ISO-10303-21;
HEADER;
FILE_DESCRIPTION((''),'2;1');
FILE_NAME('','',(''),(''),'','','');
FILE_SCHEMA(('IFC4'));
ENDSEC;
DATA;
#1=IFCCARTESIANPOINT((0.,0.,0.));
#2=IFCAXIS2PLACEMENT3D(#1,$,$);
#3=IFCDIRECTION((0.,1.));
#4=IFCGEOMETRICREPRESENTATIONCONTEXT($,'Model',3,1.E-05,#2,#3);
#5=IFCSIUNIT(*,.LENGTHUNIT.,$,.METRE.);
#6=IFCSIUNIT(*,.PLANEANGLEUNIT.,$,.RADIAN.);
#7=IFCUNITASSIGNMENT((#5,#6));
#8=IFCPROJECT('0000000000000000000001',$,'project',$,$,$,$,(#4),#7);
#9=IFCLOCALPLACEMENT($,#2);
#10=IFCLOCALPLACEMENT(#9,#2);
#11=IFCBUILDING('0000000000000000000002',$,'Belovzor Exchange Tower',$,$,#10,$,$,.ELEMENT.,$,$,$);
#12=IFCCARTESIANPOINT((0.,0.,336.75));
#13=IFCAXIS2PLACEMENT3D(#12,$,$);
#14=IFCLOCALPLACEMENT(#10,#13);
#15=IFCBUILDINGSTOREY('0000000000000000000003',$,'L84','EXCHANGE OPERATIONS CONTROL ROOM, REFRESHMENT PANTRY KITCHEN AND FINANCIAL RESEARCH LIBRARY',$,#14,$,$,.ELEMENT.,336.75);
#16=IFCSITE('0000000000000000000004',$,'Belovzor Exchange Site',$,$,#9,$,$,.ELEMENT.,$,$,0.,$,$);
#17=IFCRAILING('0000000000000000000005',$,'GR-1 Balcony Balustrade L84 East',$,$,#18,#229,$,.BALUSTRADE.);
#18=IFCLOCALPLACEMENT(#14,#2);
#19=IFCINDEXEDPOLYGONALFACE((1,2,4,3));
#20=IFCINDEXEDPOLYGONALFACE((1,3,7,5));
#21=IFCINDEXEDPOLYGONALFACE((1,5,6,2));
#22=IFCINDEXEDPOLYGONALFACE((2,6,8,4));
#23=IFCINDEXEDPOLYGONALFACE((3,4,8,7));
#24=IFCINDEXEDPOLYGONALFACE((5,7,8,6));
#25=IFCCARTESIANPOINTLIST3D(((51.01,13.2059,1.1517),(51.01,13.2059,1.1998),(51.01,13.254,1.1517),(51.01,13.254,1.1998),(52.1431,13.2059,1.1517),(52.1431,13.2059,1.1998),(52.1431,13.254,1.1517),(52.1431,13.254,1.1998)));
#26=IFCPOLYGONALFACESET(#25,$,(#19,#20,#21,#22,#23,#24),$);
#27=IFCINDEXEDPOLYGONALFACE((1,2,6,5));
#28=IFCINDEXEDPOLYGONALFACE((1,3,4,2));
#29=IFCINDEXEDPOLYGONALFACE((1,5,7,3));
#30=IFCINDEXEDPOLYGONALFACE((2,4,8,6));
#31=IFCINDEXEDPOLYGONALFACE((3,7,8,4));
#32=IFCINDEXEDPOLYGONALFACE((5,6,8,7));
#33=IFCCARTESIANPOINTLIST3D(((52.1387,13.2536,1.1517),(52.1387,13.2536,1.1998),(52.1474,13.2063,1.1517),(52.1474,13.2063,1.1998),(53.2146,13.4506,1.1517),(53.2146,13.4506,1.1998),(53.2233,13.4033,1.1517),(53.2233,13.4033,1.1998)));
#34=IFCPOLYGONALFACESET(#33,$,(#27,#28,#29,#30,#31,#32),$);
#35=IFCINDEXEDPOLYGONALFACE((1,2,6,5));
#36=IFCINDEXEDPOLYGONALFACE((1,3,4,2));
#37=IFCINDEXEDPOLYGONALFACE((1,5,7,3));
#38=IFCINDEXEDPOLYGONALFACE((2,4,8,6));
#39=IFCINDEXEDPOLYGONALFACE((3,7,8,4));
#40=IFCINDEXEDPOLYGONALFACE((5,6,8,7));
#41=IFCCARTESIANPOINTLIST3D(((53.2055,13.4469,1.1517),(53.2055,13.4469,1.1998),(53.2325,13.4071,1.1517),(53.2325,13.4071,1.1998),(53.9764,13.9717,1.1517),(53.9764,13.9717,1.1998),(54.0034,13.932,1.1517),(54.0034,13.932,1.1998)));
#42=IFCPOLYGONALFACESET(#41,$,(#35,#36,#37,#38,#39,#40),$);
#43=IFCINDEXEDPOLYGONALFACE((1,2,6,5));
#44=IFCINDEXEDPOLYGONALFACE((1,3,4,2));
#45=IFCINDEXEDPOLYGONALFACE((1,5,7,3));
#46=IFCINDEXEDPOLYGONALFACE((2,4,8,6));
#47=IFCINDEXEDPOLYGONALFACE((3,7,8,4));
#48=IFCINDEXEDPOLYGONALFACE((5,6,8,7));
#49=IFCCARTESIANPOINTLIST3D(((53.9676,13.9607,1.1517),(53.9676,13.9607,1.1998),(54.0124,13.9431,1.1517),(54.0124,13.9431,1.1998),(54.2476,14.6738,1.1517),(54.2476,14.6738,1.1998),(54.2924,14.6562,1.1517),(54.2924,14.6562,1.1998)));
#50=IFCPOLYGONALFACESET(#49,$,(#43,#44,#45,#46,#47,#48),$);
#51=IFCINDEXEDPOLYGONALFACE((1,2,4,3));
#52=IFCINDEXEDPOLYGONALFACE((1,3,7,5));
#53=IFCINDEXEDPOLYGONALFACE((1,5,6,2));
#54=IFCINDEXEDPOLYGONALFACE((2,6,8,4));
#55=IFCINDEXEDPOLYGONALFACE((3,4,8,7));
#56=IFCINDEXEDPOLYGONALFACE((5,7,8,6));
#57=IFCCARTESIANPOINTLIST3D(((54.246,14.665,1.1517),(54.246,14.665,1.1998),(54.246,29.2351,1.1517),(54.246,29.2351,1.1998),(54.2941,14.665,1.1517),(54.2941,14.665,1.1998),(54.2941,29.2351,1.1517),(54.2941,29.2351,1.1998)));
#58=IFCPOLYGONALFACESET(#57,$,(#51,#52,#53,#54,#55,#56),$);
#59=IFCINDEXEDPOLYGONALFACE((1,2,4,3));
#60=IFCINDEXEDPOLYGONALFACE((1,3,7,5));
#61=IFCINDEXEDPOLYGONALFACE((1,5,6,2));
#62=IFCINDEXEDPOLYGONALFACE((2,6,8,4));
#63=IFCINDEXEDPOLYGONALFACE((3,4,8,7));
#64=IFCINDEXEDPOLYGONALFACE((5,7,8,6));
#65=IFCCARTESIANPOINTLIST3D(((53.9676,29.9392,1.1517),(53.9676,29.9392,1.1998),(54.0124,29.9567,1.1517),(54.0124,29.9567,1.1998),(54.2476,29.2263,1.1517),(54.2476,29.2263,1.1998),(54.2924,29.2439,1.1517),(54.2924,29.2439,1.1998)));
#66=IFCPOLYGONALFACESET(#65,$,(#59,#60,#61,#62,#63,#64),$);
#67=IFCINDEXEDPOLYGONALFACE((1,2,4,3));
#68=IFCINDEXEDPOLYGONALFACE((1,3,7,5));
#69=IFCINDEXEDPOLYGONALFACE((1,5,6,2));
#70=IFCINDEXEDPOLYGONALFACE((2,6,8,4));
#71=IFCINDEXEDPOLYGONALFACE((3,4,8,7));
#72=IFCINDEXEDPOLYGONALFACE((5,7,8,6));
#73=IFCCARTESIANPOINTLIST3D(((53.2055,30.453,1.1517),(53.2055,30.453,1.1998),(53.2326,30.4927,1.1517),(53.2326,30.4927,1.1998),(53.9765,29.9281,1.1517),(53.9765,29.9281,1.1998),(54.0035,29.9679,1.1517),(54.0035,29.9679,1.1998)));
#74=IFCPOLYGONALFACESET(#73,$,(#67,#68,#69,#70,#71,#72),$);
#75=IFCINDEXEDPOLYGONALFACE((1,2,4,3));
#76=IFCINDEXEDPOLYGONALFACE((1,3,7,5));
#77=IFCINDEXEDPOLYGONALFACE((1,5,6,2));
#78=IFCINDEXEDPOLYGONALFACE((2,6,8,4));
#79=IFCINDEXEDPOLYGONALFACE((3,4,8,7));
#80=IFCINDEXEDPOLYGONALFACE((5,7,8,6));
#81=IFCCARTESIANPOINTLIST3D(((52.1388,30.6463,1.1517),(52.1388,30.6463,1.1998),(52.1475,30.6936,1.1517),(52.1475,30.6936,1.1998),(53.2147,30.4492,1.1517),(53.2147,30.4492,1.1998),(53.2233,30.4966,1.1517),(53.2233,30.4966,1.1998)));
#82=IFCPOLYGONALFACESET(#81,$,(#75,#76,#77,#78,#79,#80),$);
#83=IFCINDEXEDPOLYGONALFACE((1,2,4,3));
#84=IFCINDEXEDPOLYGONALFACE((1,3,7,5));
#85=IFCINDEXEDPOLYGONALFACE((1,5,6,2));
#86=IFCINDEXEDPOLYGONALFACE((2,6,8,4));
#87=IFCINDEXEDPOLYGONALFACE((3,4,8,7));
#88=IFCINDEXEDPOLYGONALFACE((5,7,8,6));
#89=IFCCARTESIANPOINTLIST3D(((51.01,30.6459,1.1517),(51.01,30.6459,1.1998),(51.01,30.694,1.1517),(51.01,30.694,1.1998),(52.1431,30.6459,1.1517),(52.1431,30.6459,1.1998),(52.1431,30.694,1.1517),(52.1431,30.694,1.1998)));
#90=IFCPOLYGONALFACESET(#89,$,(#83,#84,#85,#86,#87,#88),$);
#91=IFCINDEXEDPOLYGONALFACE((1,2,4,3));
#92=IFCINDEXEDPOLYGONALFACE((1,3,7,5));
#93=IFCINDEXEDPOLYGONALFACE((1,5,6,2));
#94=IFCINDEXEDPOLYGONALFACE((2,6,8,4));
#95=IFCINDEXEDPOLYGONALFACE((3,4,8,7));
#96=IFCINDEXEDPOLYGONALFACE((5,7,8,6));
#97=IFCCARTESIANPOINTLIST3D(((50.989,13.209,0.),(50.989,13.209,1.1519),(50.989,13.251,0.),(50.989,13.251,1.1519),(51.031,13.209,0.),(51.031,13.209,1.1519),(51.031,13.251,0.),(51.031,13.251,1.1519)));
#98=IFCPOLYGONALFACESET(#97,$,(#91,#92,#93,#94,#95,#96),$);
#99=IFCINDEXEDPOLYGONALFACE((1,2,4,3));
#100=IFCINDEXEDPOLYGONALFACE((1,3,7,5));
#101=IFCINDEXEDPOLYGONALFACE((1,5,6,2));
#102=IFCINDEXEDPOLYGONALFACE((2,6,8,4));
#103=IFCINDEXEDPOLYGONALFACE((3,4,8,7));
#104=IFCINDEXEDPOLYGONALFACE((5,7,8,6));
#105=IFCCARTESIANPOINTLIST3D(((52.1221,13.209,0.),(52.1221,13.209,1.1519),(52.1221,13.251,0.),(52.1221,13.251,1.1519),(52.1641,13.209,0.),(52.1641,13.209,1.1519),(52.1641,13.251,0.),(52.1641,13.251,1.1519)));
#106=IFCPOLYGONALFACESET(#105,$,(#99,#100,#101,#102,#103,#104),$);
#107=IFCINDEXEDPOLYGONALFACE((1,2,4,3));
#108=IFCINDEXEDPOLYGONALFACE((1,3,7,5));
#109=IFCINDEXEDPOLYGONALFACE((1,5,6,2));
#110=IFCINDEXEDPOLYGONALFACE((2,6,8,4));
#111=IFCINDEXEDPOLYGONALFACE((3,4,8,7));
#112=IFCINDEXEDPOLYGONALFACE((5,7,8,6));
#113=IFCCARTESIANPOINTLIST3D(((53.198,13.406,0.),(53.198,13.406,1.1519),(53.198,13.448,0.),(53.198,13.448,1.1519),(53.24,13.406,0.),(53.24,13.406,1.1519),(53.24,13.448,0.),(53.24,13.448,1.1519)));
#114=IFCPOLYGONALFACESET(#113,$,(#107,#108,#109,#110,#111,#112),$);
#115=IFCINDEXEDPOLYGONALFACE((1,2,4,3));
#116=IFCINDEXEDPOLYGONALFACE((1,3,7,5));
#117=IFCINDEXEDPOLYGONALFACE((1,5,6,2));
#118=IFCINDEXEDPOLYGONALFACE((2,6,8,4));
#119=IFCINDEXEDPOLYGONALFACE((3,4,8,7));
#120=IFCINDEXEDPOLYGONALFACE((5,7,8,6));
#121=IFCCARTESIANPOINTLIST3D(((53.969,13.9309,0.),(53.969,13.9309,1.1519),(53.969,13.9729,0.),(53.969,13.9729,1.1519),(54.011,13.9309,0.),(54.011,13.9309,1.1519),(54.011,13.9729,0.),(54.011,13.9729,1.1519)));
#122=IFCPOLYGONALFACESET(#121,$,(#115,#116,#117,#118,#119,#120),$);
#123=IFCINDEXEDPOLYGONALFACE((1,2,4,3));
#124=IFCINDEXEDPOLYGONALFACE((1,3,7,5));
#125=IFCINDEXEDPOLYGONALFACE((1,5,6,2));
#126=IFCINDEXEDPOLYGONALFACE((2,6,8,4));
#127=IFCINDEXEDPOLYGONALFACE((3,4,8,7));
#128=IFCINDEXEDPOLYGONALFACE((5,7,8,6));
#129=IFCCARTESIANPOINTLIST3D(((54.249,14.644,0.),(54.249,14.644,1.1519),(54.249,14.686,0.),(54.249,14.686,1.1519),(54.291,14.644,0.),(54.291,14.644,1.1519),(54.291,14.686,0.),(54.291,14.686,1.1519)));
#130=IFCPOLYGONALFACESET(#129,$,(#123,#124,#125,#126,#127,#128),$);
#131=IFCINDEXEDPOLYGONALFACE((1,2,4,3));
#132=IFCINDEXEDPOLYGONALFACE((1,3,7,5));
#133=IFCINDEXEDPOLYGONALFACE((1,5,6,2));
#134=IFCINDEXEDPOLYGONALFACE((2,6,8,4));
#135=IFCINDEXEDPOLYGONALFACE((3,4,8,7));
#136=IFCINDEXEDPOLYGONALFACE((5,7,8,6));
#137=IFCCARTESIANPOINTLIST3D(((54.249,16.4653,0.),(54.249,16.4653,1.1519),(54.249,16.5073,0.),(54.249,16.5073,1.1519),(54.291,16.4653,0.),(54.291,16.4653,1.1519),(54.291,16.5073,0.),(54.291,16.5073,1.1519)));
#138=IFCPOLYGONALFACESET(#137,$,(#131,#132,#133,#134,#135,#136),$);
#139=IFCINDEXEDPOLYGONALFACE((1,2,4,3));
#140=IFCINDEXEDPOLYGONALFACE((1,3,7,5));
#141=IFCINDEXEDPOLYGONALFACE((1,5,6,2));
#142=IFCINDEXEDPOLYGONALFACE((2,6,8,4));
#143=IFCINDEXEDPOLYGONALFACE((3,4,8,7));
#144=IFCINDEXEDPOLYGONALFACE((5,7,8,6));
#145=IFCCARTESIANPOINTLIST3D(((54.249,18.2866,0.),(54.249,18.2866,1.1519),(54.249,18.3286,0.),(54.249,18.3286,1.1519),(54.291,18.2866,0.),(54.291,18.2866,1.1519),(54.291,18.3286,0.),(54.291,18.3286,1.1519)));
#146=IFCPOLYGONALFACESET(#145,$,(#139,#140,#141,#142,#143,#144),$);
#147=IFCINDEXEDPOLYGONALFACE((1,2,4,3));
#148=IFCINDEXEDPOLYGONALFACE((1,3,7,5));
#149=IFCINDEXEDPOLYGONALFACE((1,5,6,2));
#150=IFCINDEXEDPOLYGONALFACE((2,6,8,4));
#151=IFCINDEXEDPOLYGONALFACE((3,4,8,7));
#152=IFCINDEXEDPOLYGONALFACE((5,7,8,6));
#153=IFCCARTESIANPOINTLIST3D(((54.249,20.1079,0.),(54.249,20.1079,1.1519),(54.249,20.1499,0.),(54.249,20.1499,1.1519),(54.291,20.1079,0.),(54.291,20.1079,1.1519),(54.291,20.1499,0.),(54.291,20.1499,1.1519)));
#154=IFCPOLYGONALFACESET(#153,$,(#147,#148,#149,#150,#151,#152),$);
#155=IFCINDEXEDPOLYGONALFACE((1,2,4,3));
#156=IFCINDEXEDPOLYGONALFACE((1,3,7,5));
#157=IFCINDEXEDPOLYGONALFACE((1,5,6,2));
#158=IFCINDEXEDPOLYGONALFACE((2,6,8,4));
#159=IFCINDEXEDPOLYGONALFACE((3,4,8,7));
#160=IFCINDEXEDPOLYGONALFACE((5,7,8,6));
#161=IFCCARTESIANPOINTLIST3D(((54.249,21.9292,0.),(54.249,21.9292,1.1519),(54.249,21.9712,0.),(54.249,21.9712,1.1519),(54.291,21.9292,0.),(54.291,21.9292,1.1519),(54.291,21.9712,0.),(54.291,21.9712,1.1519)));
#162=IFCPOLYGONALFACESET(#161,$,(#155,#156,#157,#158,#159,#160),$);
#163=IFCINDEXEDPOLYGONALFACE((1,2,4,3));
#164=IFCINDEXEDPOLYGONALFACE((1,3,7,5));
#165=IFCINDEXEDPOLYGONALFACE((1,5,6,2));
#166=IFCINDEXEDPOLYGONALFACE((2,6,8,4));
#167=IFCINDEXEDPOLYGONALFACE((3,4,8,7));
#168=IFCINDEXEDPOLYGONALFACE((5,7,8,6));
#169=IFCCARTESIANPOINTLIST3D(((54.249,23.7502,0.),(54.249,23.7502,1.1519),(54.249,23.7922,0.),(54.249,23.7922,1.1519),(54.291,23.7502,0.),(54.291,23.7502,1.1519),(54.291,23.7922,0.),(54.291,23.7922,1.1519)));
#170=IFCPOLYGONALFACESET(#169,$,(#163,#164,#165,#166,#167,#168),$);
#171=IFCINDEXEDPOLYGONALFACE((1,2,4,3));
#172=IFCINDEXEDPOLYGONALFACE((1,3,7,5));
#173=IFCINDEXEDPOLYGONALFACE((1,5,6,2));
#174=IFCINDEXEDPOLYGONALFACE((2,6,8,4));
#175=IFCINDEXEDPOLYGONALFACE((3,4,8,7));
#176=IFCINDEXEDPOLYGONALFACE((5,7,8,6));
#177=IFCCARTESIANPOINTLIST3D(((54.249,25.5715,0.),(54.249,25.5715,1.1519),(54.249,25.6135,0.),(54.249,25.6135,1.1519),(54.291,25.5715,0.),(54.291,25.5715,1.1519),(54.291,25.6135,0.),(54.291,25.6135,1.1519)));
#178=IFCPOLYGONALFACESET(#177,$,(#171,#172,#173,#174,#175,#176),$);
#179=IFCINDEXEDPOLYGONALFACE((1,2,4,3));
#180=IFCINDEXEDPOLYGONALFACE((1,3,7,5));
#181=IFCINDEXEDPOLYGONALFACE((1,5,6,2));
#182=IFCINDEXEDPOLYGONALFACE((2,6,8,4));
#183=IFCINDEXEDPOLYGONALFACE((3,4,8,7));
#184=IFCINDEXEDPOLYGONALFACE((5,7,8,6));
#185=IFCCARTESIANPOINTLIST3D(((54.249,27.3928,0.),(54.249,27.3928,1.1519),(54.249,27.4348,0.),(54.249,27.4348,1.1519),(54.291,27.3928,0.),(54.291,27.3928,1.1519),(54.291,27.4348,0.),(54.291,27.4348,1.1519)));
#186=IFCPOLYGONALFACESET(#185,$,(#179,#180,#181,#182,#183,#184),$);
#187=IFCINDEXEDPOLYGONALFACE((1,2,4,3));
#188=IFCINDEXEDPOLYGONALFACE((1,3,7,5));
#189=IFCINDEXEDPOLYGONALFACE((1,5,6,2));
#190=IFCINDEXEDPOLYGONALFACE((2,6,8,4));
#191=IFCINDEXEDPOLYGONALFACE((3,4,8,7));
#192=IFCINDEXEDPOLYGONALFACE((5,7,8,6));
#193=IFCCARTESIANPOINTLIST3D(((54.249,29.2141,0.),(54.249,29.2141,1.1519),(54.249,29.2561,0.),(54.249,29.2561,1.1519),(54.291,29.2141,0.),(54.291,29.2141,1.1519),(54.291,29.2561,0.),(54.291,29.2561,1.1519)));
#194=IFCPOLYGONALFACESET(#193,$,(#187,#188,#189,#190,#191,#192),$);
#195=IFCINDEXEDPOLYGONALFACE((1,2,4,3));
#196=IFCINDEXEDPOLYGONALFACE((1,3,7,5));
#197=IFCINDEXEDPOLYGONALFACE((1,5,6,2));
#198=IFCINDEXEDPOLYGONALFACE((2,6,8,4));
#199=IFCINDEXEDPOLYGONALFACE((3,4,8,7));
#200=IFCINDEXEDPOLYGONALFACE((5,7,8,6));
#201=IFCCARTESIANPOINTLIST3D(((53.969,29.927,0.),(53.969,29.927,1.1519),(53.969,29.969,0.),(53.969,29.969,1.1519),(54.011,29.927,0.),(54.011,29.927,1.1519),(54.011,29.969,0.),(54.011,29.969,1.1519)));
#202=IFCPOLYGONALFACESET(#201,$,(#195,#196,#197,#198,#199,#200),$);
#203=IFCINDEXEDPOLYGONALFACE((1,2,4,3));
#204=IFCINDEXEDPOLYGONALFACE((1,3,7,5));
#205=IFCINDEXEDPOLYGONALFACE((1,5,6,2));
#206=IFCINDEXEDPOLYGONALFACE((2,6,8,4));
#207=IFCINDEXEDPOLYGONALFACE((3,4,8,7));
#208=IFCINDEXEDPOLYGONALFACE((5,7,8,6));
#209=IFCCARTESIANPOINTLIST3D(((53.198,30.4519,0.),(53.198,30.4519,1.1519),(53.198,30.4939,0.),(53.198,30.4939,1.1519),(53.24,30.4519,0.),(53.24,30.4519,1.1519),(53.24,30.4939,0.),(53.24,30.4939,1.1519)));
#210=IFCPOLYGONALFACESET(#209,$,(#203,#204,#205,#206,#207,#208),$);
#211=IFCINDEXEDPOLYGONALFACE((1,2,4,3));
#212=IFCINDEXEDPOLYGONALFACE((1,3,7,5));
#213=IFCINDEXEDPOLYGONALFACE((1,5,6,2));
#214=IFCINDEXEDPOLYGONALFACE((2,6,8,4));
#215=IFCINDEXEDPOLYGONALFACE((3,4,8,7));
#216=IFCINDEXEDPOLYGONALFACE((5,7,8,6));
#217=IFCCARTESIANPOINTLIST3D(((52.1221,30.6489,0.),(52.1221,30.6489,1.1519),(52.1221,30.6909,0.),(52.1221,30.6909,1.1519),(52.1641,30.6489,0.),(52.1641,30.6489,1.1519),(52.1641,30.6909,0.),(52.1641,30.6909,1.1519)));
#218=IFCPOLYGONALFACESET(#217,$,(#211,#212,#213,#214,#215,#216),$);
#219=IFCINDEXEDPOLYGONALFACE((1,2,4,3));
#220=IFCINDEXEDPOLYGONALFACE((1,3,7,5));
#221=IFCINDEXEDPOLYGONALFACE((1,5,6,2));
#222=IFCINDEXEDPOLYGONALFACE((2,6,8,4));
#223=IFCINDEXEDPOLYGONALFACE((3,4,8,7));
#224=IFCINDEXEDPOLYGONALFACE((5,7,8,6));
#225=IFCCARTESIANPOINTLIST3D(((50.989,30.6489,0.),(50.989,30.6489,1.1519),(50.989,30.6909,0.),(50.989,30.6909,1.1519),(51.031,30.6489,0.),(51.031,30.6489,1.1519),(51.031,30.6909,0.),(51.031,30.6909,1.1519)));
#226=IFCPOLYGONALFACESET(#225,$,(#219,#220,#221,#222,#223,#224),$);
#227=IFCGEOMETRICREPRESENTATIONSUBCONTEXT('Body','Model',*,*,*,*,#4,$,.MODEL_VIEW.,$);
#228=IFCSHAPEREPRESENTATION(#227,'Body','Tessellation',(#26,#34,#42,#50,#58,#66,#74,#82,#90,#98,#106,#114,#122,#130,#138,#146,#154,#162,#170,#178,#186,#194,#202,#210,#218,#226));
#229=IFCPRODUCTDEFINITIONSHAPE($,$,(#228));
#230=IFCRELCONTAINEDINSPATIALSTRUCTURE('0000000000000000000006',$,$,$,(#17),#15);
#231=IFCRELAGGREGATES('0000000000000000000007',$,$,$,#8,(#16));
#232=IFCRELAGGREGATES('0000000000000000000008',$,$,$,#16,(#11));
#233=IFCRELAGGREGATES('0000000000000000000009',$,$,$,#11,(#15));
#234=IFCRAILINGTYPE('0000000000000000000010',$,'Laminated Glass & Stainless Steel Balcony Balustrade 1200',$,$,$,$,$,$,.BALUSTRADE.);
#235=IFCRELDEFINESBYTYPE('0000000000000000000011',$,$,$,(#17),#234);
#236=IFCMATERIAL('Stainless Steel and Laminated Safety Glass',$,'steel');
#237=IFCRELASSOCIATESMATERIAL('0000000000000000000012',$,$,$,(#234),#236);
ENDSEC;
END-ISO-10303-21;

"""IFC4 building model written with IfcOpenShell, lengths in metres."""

from ifc_helpers import new_model, si_unit, direction, frame, origin, origin_2d, place, context, subcontext, project, spatial, rectangle, extrude, material, type_object, element, save


model = new_model("IFC4")

# Units and contexts
model_context = context("Model", 3, precision=1e-05, world=origin(), true_north=direction((0.0, 1.0)))
body_context = subcontext(model_context, "Body", "Model", "MODEL_VIEW")
ifc_project = project(units=[si_unit("LENGTHUNIT", "METRE"), si_unit("PLANEANGLEUNIT", "RADIAN")], contexts=[model_context])

# Site, building, storey
site_placement = place(None, origin())
site = spatial("IfcSite", under=ifc_project, at=site_placement, Name="Belovzor Exchange Site", CompositionType="ELEMENT", RefElevation=0.0)
building_placement = place(site_placement, origin())
building = spatial("IfcBuilding", under=site, at=building_placement, Name="Belovzor Exchange Tower", CompositionType="ELEMENT")
storey_placement = place(building_placement, frame((0.0, 0.0, 336.75)))
storey = spatial("IfcBuildingStorey", under=building, at=storey_placement, Name="L84", Description="EXCHANGE OPERATIONS CONTROL ROOM, REFRESHMENT PANTRY KITCHEN AND FINANCIAL RESEARCH LIBRARY", CompositionType="ELEMENT", Elevation=336.75)

# Railing
ifc_material_1 = material(Name="Stainless Steel and Laminated Safety Glass", Category="steel")
railing_type = type_object("IfcRailingType", Name="Laminated Glass & Stainless Steel Balcony Balustrade 1200", PredefinedType="BALUSTRADE", material=ifc_material_1)
railing_placement = place(storey_placement, frame((51.01, 13.23, 0.0)))
element("IfcRailing", 1, at=railing_placement, inside=storey, type_object=railing_type, Name="GR-1 Balcony Balustrade L84 East", PredefinedType="BALUSTRADE", context=body_context, shape_type="SweptSolid", body=[
    extrude(rectangle(XDim=0.0481, YDim=0.0481, at=origin_2d()), frame((0.0, 0.0, 1.1758), z_axis=(1.0, 0.0, 0.0), x_axis=(0.0, 1.0, 0.0)), (0.0, 0.0, 1.0), 1.1331),
    extrude(rectangle(XDim=0.0481, YDim=0.0481, at=origin_2d()), frame((1.1331, 0.0, 1.1758), z_axis=(0.983644, 0.180123, 0.0), x_axis=(-0.180123, 0.983644, 0.0)), (0.0, 0.0, 1.0), 1.0938),
    extrude(rectangle(XDim=0.0481, YDim=0.0481, at=origin_2d()), frame((2.209, 0.197, 1.1758), z_axis=(0.826615, 0.562768, 0.0), x_axis=(-0.562768, 0.826615, 0.0)), (0.0, 0.0, 1.0), 0.9326),
    extrude(rectangle(XDim=0.0481, YDim=0.0481, at=origin_2d()), frame((2.98, 0.7219, 1.1758), z_axis=(0.365504, 0.93081, 0.0), x_axis=(-0.93081, 0.365504, 0.0)), (0.0, 0.0, 1.0), 0.7661),
    extrude(rectangle(XDim=0.0481, YDim=0.0481, at=origin_2d()), frame((3.26, 1.4351, 1.1758), z_axis=(0.0, 1.0, 0.0), x_axis=(-1.0, 0.0, 0.0)), (0.0, 0.0, 1.0), 14.5701),
    extrude(rectangle(XDim=0.0481, YDim=0.0481, at=origin_2d()), frame((3.26, 16.0051, 1.1758), z_axis=(-0.365613, 0.930767, 0.0), x_axis=(-0.930767, -0.365613, 0.0)), (0.0, 0.0, 1.0), 0.7659),
    extrude(rectangle(XDim=0.0481, YDim=0.0481, at=origin_2d()), frame((2.98, 16.718, 1.1758), z_axis=(-0.826615, 0.562768, 0.0), x_axis=(-0.562768, -0.826615, 0.0)), (0.0, 0.0, 1.0), 0.9326),
    extrude(rectangle(XDim=0.0481, YDim=0.0481, at=origin_2d()), frame((2.209, 17.2429, 1.1758), z_axis=(-0.983644, 0.180123, 0.0), x_axis=(-0.180123, -0.983644, 0.0)), (0.0, 0.0, 1.0), 1.0938),
    extrude(rectangle(XDim=0.0481, YDim=0.0481, at=origin_2d()), frame((1.1331, 17.4399, 1.1758), z_axis=(-1.0, 0.0, 0.0), x_axis=(0.0, -1.0, 0.0)), (0.0, 0.0, 1.0), 1.1331),
    extrude(rectangle(XDim=0.042, YDim=0.042, at=origin_2d()), origin(), (0.0, 0.0, 1.0), 1.1519),
    extrude(rectangle(XDim=0.042, YDim=0.042, at=origin_2d()), frame((1.1331, 0.0, 0.0)), (0.0, 0.0, 1.0), 1.1519),
    extrude(rectangle(XDim=0.042, YDim=0.042, at=origin_2d()), frame((2.209, 0.197, 0.0)), (0.0, 0.0, 1.0), 1.1519),
    extrude(rectangle(XDim=0.042, YDim=0.042, at=origin_2d()), frame((2.98, 0.7219, 0.0)), (0.0, 0.0, 1.0), 1.1519),
    extrude(rectangle(XDim=0.042, YDim=0.042, at=origin_2d()), frame((3.26, 1.4351, 0.0)), (0.0, 0.0, 1.0), 1.1519),
    extrude(rectangle(XDim=0.042, YDim=0.042, at=origin_2d()), frame((3.26, 3.2563, 0.0)), (0.0, 0.0, 1.0), 1.1519),
    extrude(rectangle(XDim=0.042, YDim=0.042, at=origin_2d()), frame((3.26, 5.0776, 0.0)), (0.0, 0.0, 1.0), 1.1519),
    extrude(rectangle(XDim=0.042, YDim=0.042, at=origin_2d()), frame((3.26, 6.8989, 0.0)), (0.0, 0.0, 1.0), 1.1519),
    extrude(rectangle(XDim=0.042, YDim=0.042, at=origin_2d()), frame((3.26, 8.7202, 0.0)), (0.0, 0.0, 1.0), 1.1519),
    extrude(rectangle(XDim=0.042, YDim=0.042, at=origin_2d()), frame((3.26, 10.5413, 0.0)), (0.0, 0.0, 1.0), 1.1519),
    extrude(rectangle(XDim=0.042, YDim=0.042, at=origin_2d()), frame((3.26, 12.3625, 0.0)), (0.0, 0.0, 1.0), 1.1519),
    extrude(rectangle(XDim=0.042, YDim=0.042, at=origin_2d()), frame((3.26, 14.1838, 0.0)), (0.0, 0.0, 1.0), 1.1519),
    extrude(rectangle(XDim=0.042, YDim=0.042, at=origin_2d()), frame((3.26, 16.0051, 0.0)), (0.0, 0.0, 1.0), 1.1519),
    extrude(rectangle(XDim=0.042, YDim=0.042, at=origin_2d()), frame((2.98, 16.718, 0.0)), (0.0, 0.0, 1.0), 1.1519),
    extrude(rectangle(XDim=0.042, YDim=0.042, at=origin_2d()), frame((2.209, 17.2429, 0.0)), (0.0, 0.0, 1.0), 1.1519),
    extrude(rectangle(XDim=0.042, YDim=0.042, at=origin_2d()), frame((1.1331, 17.4399, 0.0)), (0.0, 0.0, 1.0), 1.1519),
    extrude(rectangle(XDim=0.042, YDim=0.042, at=origin_2d()), frame((0.0, 17.4399, 0.0)), (0.0, 0.0, 1.0), 1.1519),
])

save(model, "model.ifc")
